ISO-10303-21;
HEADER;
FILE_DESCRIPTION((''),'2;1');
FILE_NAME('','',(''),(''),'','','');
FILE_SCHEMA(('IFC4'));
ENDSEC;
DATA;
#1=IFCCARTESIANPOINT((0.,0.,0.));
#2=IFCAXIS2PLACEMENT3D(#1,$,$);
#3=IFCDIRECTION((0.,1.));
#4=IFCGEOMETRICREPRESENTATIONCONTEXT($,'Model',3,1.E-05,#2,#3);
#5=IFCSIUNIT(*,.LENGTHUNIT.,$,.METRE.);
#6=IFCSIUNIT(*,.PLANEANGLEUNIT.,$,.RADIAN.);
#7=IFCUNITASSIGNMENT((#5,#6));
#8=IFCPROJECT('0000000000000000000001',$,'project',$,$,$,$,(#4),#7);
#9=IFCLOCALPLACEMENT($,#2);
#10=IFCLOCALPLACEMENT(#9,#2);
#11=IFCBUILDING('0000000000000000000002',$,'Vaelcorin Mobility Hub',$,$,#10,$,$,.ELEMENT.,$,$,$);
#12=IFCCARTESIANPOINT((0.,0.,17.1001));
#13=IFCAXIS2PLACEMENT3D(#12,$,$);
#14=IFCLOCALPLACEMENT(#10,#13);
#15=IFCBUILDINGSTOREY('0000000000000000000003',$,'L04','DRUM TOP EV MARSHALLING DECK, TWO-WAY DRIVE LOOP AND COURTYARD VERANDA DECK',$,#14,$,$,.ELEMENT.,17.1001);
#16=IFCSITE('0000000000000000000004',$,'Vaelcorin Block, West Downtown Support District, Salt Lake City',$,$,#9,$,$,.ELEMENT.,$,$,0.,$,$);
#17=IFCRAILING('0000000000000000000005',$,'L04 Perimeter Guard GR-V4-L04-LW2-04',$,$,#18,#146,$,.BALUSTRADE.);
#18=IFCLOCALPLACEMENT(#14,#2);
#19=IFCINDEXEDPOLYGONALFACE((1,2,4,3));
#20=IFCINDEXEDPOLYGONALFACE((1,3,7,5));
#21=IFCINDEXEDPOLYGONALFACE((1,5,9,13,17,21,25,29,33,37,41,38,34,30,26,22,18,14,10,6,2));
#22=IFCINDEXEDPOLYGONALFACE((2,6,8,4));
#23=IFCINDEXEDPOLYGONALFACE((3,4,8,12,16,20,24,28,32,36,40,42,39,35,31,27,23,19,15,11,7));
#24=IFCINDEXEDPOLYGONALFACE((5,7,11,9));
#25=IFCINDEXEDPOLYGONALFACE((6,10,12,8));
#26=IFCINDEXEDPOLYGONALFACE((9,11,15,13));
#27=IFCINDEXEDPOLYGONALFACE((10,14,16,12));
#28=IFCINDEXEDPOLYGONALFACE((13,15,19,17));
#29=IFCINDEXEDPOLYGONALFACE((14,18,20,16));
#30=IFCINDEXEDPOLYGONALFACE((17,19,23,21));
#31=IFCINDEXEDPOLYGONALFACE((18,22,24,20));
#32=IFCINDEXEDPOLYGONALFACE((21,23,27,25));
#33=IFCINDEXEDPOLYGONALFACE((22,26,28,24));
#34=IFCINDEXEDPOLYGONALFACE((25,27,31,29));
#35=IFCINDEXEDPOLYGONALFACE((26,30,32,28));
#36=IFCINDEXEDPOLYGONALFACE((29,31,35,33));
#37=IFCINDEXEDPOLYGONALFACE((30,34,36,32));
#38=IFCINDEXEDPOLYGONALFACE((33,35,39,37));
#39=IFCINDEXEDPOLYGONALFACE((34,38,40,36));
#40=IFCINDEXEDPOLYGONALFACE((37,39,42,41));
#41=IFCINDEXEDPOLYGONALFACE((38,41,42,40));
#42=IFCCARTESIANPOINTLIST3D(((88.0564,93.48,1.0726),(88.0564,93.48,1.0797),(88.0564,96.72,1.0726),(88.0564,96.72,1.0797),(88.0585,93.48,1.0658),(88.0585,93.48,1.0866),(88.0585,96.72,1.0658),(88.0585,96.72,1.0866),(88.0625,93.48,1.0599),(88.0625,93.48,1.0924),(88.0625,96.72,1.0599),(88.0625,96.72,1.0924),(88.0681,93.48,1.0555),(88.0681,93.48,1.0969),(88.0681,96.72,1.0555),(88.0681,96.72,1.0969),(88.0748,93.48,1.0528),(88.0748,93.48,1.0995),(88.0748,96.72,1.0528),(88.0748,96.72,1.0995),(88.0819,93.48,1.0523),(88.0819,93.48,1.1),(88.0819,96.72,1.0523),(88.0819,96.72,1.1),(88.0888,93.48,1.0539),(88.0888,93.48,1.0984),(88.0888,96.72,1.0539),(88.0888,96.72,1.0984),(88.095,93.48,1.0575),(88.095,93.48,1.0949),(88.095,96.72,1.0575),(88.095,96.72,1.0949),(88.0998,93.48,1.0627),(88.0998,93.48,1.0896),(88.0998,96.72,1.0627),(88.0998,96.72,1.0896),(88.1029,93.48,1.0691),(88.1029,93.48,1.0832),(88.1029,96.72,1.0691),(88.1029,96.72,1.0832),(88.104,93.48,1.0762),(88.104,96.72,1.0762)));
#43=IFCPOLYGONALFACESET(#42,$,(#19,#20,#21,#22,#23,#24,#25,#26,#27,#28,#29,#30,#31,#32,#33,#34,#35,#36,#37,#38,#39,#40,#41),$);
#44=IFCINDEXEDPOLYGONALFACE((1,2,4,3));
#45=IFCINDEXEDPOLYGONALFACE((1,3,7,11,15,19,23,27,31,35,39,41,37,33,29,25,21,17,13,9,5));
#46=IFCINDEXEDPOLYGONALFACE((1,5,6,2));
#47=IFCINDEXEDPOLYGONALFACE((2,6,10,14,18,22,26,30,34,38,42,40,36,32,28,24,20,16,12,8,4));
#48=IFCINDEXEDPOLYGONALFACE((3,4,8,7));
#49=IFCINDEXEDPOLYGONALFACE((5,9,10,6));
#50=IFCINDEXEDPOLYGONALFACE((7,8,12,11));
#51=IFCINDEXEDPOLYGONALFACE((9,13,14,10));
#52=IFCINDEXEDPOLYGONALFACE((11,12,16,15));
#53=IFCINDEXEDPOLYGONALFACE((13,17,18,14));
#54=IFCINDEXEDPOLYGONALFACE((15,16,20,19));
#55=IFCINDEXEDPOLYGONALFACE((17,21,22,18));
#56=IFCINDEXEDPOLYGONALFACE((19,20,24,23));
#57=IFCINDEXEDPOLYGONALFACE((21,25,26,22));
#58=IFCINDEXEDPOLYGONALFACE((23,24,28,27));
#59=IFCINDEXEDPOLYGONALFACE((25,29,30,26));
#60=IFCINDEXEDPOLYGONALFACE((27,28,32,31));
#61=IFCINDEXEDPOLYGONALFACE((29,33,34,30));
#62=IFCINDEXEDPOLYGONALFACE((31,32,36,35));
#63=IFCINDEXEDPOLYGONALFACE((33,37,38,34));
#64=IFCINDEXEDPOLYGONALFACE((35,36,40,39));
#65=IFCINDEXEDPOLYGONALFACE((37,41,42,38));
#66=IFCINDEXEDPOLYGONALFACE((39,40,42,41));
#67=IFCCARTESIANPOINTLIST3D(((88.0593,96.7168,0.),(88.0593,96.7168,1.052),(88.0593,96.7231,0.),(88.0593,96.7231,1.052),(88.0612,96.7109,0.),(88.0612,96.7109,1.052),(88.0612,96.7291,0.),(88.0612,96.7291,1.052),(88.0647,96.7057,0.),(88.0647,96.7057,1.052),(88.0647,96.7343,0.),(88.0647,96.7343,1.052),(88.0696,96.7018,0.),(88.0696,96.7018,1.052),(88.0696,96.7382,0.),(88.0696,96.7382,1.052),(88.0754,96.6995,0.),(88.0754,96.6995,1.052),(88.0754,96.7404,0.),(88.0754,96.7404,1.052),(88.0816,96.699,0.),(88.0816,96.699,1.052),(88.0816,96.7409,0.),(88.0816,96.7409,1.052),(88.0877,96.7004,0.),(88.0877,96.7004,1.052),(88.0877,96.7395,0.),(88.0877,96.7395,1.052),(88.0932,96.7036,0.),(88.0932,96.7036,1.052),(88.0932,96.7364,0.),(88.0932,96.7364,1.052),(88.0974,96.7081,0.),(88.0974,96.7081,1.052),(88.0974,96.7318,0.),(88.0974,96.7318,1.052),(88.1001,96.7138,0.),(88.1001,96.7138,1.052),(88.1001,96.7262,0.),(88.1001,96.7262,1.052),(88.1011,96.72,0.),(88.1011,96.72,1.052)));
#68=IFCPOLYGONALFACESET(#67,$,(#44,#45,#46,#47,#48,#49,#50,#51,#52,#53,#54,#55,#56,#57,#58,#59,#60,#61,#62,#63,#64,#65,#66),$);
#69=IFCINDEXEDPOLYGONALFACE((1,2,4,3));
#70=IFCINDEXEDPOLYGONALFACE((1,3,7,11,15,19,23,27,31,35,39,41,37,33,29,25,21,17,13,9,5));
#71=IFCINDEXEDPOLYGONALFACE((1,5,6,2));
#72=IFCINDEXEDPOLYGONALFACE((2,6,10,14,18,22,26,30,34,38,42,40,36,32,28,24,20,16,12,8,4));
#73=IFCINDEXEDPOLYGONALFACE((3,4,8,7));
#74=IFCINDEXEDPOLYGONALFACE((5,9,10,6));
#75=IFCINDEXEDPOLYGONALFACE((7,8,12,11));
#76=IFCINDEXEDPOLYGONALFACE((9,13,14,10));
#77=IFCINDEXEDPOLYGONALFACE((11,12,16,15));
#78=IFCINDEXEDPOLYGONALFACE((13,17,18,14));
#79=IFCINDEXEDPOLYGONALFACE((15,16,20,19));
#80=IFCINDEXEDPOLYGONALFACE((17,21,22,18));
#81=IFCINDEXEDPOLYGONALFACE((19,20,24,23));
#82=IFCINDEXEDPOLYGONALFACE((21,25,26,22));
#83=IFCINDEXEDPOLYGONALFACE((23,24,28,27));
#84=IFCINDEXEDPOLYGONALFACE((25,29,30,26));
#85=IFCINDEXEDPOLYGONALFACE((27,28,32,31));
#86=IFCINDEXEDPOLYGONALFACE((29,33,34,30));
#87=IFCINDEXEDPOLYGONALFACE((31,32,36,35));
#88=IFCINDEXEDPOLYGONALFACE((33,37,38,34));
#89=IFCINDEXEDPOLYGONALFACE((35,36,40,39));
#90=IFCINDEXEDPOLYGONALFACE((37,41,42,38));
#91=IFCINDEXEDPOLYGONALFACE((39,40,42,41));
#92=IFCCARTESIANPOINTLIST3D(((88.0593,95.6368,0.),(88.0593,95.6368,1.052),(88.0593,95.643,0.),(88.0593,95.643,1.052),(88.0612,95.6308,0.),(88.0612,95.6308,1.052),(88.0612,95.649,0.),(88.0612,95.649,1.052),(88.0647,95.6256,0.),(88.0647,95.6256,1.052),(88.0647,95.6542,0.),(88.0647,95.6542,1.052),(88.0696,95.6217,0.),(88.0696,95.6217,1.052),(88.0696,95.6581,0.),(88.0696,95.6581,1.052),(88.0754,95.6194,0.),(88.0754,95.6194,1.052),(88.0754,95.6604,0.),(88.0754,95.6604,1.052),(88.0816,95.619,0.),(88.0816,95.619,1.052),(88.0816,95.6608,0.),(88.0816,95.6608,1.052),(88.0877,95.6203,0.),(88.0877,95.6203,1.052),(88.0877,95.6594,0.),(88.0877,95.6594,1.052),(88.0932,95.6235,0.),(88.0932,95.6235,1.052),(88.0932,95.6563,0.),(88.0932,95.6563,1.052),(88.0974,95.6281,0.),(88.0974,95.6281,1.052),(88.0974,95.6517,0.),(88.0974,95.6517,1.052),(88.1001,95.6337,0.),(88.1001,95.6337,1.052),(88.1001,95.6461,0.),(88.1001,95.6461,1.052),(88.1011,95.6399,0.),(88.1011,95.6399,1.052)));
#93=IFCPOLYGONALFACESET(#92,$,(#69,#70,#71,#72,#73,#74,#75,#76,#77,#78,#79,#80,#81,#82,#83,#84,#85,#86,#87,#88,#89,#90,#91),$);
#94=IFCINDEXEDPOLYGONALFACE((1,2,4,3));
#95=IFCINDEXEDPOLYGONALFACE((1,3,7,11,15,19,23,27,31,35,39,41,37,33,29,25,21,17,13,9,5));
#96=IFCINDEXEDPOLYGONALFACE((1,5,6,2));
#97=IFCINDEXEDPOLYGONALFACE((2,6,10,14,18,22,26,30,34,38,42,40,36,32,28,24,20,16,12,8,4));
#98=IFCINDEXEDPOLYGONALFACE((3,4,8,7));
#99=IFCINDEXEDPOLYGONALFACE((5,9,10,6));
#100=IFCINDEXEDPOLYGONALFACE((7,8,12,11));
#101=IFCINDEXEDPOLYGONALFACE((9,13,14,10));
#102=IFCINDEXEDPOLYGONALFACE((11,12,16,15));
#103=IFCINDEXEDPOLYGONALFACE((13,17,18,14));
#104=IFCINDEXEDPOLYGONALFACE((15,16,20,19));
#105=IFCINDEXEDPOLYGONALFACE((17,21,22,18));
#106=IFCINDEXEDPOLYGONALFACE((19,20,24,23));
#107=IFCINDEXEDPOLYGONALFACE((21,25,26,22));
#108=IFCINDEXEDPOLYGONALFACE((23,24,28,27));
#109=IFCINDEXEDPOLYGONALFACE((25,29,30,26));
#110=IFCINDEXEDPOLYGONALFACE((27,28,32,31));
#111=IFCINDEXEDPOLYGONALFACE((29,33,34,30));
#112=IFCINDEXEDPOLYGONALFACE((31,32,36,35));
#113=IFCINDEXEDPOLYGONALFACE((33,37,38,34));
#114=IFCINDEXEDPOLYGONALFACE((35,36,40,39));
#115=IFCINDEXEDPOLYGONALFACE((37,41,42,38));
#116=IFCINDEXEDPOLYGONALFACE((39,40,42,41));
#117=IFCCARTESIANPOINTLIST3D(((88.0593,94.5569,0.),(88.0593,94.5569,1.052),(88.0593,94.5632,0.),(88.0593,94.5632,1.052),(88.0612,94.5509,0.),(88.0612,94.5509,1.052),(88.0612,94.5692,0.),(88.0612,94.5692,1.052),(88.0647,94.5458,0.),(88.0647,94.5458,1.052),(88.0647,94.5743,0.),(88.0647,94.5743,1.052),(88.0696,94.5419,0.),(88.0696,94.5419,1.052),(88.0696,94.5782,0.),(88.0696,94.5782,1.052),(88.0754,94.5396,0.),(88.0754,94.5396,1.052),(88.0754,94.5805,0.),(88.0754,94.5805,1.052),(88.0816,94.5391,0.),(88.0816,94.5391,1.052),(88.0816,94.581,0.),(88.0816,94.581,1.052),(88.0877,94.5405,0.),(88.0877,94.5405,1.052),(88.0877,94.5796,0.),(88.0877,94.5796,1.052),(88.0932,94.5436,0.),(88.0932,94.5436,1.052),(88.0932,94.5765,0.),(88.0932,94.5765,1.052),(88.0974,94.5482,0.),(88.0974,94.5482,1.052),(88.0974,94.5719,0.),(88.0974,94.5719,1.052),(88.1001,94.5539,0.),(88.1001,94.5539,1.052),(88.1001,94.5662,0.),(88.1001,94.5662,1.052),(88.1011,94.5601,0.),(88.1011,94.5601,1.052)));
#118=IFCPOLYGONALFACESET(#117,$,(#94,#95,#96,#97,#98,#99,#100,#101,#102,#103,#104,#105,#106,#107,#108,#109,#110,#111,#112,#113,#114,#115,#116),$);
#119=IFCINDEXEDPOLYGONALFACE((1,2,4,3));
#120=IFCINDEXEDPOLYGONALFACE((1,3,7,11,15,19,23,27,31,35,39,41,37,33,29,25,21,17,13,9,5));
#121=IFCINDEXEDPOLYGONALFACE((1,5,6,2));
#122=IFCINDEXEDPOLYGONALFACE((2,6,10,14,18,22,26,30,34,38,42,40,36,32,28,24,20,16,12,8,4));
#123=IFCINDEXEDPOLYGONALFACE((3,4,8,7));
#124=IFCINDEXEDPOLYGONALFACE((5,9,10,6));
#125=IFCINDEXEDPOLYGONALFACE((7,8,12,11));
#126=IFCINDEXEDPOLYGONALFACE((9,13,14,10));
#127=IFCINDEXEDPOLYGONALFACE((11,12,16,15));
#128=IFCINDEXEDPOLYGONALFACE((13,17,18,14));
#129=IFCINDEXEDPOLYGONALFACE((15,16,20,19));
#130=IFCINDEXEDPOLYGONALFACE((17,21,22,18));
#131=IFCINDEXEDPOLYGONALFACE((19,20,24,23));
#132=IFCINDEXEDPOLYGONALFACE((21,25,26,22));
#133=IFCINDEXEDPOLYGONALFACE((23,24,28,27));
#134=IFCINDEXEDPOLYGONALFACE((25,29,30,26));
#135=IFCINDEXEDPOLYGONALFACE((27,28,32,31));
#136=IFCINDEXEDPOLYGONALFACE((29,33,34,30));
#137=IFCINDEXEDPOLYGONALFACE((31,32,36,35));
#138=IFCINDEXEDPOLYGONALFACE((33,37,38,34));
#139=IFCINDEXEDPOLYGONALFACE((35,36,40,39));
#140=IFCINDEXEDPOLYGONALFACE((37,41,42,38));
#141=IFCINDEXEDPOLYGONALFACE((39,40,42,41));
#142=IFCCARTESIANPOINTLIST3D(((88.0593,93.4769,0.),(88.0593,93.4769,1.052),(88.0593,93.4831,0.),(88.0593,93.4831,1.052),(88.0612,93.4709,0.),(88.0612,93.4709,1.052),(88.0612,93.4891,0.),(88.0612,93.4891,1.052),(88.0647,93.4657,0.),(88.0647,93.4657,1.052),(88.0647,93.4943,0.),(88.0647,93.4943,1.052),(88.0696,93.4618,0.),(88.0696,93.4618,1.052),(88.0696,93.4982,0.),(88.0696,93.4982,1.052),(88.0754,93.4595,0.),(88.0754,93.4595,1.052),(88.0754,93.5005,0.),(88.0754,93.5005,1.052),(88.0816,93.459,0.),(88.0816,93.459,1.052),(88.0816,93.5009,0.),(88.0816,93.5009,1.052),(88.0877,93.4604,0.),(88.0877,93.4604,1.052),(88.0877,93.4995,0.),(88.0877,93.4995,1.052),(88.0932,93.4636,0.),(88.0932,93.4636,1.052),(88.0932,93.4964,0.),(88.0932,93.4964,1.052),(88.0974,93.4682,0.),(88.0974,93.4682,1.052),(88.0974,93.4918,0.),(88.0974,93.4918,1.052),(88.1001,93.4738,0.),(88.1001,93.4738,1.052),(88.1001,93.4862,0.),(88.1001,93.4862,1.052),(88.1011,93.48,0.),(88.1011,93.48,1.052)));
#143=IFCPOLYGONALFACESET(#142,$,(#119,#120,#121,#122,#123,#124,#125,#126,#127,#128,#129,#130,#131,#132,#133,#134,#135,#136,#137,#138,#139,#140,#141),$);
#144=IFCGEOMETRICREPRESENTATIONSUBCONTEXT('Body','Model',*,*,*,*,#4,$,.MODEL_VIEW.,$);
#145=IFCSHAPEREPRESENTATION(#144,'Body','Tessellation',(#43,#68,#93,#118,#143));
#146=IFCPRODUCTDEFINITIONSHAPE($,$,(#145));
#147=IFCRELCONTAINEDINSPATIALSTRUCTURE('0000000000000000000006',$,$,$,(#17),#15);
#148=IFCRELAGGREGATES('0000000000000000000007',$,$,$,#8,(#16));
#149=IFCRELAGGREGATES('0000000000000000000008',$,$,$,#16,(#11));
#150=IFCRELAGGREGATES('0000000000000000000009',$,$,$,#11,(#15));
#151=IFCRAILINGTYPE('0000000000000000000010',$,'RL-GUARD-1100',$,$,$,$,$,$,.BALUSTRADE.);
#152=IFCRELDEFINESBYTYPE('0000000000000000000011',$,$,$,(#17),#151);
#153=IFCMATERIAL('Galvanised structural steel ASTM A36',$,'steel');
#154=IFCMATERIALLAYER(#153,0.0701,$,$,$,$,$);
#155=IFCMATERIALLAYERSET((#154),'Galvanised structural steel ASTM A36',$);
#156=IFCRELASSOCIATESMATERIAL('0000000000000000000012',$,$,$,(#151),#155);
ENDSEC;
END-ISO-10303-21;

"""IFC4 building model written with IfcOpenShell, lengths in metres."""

from ifc_helpers import new_model, si_unit, direction, frame, origin, origin_2d, place, context, subcontext, project, spatial, circle, extrude, material, layer, layer_set, type_object, element, save


model = new_model("IFC4")

# Units and contexts
model_context = context("Model", 3, precision=1e-05, world=origin(), true_north=direction((0.0, 1.0)))
body_context = subcontext(model_context, "Body", "Model", "MODEL_VIEW")
ifc_project = project(units=[si_unit("LENGTHUNIT", "METRE"), si_unit("PLANEANGLEUNIT", "RADIAN")], contexts=[model_context])

# Site, building, storey
site_placement = place(None, origin())
site = spatial("IfcSite", under=ifc_project, at=site_placement, Name="Vaelcorin Block, West Downtown Support District, Salt Lake City", CompositionType="ELEMENT", RefElevation=0.0)
building_placement = place(site_placement, origin())
building = spatial("IfcBuilding", under=site, at=building_placement, Name="Vaelcorin Mobility Hub", CompositionType="ELEMENT")
storey_placement = place(building_placement, frame((0.0, 0.0, 17.1001)))
storey = spatial("IfcBuildingStorey", under=building, at=storey_placement, Name="L04", Description="DRUM TOP EV MARSHALLING DECK, TWO-WAY DRIVE LOOP AND COURTYARD VERANDA DECK", CompositionType="ELEMENT", Elevation=17.1001)

# Railing
ifc_material_1 = material(Name="Galvanised structural steel ASTM A36", Category="steel")
ifc_layer_1 = layer(ifc_material_1, 0.0701)
ifc_layer_set_1 = layer_set([ifc_layer_1], Name="Galvanised structural steel ASTM A36")
railing_type = type_object("IfcRailingType", Name="RL-GUARD-1100", PredefinedType="BALUSTRADE", material=ifc_layer_set_1)
railing_1_placement = place(storey_placement, frame((88.0801, 96.72, 0.0)))
element("IfcRailing", 1, at=railing_1_placement, inside=storey, type_object=railing_type, Name="L04 Perimeter Guard GR-V4-L04-LW2-04", PredefinedType="BALUSTRADE", context=body_context, shape_type="SweptSolid", body=[
    extrude(circle(Radius=0.0239, at=origin_2d()), frame((0.0, 0.0, 1.0762), z_axis=(0.0, -1.0, 0.0), x_axis=(1.0, 0.0, 0.0)), (0.0, 0.0, 1.0), 3.24),
    extrude(circle(Radius=0.021, at=origin_2d()), origin(), (0.0, 0.0, 1.0), 1.052),
    extrude(circle(Radius=0.021, at=origin_2d()), frame((0.0, -1.0801, 0.0)), (0.0, 0.0, 1.0), 1.052),
    extrude(circle(Radius=0.021, at=origin_2d()), frame((0.0, -2.1599, 0.0)), (0.0, 0.0, 1.0), 1.052),
    extrude(circle(Radius=0.021, at=origin_2d()), frame((0.0, -3.24, 0.0)), (0.0, 0.0, 1.0), 1.052),
])

save(model, "model.ifc")
